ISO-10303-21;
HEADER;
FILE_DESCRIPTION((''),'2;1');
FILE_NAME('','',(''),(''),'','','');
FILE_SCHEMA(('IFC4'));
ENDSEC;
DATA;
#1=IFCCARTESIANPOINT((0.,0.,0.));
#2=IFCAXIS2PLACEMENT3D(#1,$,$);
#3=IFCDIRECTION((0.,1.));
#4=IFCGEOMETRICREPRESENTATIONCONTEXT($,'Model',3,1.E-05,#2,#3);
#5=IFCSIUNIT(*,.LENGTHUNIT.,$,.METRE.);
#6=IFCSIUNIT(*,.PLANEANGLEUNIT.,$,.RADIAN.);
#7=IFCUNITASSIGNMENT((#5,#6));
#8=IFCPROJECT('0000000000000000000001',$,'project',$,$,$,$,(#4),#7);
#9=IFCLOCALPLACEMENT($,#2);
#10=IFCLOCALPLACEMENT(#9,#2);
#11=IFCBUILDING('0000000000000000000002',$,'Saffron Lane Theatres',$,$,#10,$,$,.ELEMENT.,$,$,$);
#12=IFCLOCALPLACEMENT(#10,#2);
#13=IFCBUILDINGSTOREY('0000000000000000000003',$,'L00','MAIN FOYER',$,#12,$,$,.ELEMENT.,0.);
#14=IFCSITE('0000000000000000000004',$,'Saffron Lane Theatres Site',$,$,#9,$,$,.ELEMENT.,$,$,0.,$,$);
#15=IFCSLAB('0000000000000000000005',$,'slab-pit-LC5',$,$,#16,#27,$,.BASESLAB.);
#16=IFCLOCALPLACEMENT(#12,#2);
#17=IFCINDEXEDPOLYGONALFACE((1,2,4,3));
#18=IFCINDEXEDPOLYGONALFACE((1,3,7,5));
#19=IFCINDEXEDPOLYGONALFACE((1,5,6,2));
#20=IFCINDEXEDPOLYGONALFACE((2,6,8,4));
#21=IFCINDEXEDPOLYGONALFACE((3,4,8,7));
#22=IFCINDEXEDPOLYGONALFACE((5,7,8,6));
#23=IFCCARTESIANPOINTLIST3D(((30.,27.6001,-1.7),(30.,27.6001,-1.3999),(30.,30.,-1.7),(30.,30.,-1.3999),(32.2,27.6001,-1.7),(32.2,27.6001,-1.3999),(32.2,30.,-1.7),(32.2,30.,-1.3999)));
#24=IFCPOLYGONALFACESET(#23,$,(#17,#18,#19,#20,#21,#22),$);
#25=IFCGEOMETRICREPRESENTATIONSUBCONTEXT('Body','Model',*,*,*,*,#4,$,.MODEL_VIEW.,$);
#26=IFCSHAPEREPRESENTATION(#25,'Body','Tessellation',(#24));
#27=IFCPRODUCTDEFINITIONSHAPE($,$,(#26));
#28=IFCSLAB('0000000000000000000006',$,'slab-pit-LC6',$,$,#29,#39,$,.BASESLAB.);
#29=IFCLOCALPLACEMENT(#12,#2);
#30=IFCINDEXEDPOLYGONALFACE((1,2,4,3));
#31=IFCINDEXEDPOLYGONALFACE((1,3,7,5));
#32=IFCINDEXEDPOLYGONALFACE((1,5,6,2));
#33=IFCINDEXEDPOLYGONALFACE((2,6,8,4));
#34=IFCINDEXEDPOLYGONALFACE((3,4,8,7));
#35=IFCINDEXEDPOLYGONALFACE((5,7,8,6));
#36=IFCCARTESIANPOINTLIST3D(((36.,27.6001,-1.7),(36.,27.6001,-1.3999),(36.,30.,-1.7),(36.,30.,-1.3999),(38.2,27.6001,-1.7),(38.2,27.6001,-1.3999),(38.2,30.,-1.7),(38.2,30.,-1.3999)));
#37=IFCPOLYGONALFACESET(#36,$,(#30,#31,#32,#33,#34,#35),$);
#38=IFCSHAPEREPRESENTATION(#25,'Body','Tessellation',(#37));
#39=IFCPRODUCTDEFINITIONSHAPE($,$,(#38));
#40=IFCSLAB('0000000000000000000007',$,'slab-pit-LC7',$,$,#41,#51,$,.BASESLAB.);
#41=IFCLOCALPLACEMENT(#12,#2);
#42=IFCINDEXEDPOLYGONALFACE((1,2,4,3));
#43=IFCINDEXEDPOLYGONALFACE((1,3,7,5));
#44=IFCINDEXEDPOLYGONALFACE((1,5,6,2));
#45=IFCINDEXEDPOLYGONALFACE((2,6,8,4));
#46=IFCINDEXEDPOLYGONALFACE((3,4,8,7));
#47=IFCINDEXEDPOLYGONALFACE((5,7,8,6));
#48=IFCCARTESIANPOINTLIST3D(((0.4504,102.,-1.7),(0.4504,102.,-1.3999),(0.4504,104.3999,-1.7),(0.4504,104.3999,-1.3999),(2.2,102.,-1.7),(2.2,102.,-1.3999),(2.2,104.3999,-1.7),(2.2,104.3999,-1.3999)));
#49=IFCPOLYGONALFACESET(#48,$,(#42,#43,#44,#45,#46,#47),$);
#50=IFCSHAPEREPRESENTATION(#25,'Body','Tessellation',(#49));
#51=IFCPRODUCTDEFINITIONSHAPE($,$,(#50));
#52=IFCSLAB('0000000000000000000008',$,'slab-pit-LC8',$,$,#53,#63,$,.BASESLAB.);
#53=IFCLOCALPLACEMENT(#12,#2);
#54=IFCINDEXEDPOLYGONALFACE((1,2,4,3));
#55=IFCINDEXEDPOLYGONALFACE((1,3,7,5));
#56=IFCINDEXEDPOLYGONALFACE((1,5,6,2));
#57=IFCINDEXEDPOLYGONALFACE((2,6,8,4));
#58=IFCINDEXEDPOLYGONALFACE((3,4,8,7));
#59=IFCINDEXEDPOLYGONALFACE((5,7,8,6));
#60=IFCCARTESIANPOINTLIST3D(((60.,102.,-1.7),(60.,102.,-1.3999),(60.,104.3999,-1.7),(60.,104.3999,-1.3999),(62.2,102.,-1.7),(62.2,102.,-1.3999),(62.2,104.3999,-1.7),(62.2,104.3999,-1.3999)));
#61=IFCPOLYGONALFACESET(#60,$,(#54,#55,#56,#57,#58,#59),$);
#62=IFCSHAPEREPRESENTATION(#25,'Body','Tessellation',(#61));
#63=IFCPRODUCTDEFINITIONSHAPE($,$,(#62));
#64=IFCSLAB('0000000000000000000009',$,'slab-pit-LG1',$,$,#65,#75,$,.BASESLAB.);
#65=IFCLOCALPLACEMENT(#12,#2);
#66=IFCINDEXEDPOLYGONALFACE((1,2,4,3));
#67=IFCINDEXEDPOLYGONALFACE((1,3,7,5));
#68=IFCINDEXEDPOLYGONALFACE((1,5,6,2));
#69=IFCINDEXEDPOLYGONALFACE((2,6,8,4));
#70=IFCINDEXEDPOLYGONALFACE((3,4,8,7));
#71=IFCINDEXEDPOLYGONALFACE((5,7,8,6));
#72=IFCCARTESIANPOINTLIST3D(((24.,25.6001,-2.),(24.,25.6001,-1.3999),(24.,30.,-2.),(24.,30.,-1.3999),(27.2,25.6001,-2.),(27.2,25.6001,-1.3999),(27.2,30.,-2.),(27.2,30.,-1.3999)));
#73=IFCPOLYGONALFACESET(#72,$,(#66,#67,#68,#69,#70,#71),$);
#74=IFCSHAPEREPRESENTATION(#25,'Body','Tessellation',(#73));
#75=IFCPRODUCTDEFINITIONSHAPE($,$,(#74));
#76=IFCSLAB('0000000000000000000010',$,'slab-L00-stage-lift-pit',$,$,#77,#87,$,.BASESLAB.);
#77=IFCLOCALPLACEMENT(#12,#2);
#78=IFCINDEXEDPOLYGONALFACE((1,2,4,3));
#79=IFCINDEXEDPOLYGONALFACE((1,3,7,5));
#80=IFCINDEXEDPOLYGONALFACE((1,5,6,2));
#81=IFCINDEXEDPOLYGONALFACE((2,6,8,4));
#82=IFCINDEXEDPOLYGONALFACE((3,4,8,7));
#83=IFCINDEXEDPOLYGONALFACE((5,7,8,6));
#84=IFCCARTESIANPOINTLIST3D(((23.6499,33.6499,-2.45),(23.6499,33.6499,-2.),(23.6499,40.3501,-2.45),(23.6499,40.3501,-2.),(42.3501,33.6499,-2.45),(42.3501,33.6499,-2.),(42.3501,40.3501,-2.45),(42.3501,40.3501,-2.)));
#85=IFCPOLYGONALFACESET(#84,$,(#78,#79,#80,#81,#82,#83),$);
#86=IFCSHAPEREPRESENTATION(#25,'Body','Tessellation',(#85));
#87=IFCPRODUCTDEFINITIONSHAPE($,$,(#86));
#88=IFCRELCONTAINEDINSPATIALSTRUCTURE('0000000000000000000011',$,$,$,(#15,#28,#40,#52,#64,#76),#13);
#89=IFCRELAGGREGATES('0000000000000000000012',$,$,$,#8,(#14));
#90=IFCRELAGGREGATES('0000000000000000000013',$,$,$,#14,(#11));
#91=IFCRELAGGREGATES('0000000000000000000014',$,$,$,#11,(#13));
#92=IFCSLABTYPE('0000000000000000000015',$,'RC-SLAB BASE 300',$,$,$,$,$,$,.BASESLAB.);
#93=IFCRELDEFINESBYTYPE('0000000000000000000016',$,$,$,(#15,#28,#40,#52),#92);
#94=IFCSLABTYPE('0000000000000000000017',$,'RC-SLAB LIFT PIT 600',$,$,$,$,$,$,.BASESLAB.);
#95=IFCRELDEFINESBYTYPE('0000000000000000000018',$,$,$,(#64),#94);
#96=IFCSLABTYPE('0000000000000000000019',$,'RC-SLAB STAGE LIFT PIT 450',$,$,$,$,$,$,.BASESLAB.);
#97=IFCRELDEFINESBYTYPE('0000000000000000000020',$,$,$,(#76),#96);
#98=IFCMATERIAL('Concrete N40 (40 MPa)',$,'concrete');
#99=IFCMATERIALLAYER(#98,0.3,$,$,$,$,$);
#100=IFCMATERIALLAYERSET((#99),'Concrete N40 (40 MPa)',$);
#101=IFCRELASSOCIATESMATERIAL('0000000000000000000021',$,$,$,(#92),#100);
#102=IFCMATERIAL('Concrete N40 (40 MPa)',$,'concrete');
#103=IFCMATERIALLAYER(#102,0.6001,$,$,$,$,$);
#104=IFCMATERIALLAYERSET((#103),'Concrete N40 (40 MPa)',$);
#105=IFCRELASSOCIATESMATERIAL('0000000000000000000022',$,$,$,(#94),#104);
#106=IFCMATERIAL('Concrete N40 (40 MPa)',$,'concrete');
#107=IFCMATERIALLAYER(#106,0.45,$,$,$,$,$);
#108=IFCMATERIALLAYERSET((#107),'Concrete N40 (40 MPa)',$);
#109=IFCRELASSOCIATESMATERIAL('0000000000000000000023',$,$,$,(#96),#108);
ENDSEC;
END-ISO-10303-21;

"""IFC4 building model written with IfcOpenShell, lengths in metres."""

from ifc_helpers import new_model, si_unit, direction, frame, origin, place, context, subcontext, project, spatial, polyline, outline, extrude, material, layer, layer_set, type_object, element, save


model = new_model("IFC4")

# Units and contexts
model_context = context("Model", 3, precision=1e-05, world=origin(), true_north=direction((0.0, 1.0)))
body_context = subcontext(model_context, "Body", "Model", "MODEL_VIEW")
ifc_project = project(units=[si_unit("LENGTHUNIT", "METRE"), si_unit("PLANEANGLEUNIT", "RADIAN")], contexts=[model_context])

# Site, building, storey
site_placement = place(None, origin())
site = spatial("IfcSite", under=ifc_project, at=site_placement, Name="Saffron Lane Theatres Site", CompositionType="ELEMENT", RefElevation=0.0)
building_placement = place(site_placement, origin())
building = spatial("IfcBuilding", under=site, at=building_placement, Name="Saffron Lane Theatres", CompositionType="ELEMENT")
storey_placement = place(building_placement, origin())
storey = spatial("IfcBuildingStorey", under=building, at=storey_placement, Name="L00", Description="MAIN FOYER", CompositionType="ELEMENT", Elevation=0.0)

# Slabs
ifc_material_1 = material(Name="Concrete N40 (40 MPa)", Category="concrete")
ifc_layer_1 = layer(ifc_material_1, 0.3)
ifc_layer_set_1 = layer_set([ifc_layer_1], Name="Concrete N40 (40 MPa)")
slab_type_1 = type_object("IfcSlabType", Name="RC-SLAB BASE 300", PredefinedType="BASESLAB", material=ifc_layer_set_1)
slab_1_placement = place(storey_placement, frame((0.0, 0.0, -1.7)))
element("IfcSlab", 1, at=slab_1_placement, inside=storey, type_object=slab_type_1, Name="slab-pit-LC5", PredefinedType="BASESLAB", context=body_context, shape_type="SweptSolid", body=[
    extrude(outline(polyline([(30.0, 27.6001), (32.2, 27.6001), (32.2, 30.0), (30.0, 30.0), (30.0, 27.6001)])), origin(), (0.0, 0.0, 1.0), 0.3),
])
slab_2_placement = place(storey_placement, frame((0.0, 0.0, -1.7)))
element("IfcSlab", 2, at=slab_2_placement, inside=storey, type_object=slab_type_1, Name="slab-pit-LC6", PredefinedType="BASESLAB", context=body_context, shape_type="SweptSolid", body=[
    extrude(outline(polyline([(36.0, 27.6001), (38.2, 27.6001), (38.2, 30.0), (36.0, 30.0), (36.0, 27.6001)])), origin(), (0.0, 0.0, 1.0), 0.3),
])
slab_3_placement = place(storey_placement, frame((0.0, 0.0, -1.7)))
element("IfcSlab", 3, at=slab_3_placement, inside=storey, type_object=slab_type_1, Name="slab-pit-LC7", PredefinedType="BASESLAB", context=body_context, shape_type="SweptSolid", body=[
    extrude(outline(polyline([(2.2, 102.0), (2.2, 104.3999), (0.4504, 104.3999), (0.4504, 102.0), (2.2, 102.0)])), origin(), (0.0, 0.0, 1.0), 0.3),
])
slab_4_placement = place(storey_placement, frame((0.0, 0.0, -1.7)))
element("IfcSlab", 4, at=slab_4_placement, inside=storey, type_object=slab_type_1, Name="slab-pit-LC8", PredefinedType="BASESLAB", context=body_context, shape_type="SweptSolid", body=[
    extrude(outline(polyline([(60.0, 102.0), (62.2, 102.0), (62.2, 104.3999), (60.0, 104.3999), (60.0, 102.0)])), origin(), (0.0, 0.0, 1.0), 0.3),
])
ifc_material_2 = material(Name="Concrete N40 (40 MPa)", Category="concrete")
ifc_layer_2 = layer(ifc_material_2, 0.6001)
ifc_layer_set_2 = layer_set([ifc_layer_2], Name="Concrete N40 (40 MPa)")
slab_type_2 = type_object("IfcSlabType", Name="RC-SLAB LIFT PIT 600", PredefinedType="BASESLAB", material=ifc_layer_set_2)
slab_5_placement = place(storey_placement, frame((0.0, 0.0, -2.0)))
element("IfcSlab", 5, at=slab_5_placement, inside=storey, type_object=slab_type_2, Name="slab-pit-LG1", PredefinedType="BASESLAB", context=body_context, shape_type="SweptSolid", body=[
    extrude(outline(polyline([(24.0, 25.6001), (27.2, 25.6001), (27.2, 30.0), (24.0, 30.0), (24.0, 25.6001)])), origin(), (0.0, 0.0, 1.0), 0.6001),
])
ifc_material_3 = material(Name="Concrete N40 (40 MPa)", Category="concrete")
ifc_layer_3 = layer(ifc_material_3, 0.45)
ifc_layer_set_3 = layer_set([ifc_layer_3], Name="Concrete N40 (40 MPa)")
slab_type_3 = type_object("IfcSlabType", Name="RC-SLAB STAGE LIFT PIT 450", PredefinedType="BASESLAB", material=ifc_layer_set_3)
slab_6_placement = place(storey_placement, frame((0.0, 0.0, -2.45)))
element("IfcSlab", 6, at=slab_6_placement, inside=storey, type_object=slab_type_3, Name="slab-L00-stage-lift-pit", PredefinedType="BASESLAB", context=body_context, shape_type="SweptSolid", body=[
    extrude(outline(polyline([(23.6499, 33.6499), (42.3501, 33.6499), (42.3501, 40.3501), (23.6499, 40.3501), (23.6499, 33.6499)])), origin(), (0.0, 0.0, 1.0), 0.45),
])

save(model, "model.ifc")
